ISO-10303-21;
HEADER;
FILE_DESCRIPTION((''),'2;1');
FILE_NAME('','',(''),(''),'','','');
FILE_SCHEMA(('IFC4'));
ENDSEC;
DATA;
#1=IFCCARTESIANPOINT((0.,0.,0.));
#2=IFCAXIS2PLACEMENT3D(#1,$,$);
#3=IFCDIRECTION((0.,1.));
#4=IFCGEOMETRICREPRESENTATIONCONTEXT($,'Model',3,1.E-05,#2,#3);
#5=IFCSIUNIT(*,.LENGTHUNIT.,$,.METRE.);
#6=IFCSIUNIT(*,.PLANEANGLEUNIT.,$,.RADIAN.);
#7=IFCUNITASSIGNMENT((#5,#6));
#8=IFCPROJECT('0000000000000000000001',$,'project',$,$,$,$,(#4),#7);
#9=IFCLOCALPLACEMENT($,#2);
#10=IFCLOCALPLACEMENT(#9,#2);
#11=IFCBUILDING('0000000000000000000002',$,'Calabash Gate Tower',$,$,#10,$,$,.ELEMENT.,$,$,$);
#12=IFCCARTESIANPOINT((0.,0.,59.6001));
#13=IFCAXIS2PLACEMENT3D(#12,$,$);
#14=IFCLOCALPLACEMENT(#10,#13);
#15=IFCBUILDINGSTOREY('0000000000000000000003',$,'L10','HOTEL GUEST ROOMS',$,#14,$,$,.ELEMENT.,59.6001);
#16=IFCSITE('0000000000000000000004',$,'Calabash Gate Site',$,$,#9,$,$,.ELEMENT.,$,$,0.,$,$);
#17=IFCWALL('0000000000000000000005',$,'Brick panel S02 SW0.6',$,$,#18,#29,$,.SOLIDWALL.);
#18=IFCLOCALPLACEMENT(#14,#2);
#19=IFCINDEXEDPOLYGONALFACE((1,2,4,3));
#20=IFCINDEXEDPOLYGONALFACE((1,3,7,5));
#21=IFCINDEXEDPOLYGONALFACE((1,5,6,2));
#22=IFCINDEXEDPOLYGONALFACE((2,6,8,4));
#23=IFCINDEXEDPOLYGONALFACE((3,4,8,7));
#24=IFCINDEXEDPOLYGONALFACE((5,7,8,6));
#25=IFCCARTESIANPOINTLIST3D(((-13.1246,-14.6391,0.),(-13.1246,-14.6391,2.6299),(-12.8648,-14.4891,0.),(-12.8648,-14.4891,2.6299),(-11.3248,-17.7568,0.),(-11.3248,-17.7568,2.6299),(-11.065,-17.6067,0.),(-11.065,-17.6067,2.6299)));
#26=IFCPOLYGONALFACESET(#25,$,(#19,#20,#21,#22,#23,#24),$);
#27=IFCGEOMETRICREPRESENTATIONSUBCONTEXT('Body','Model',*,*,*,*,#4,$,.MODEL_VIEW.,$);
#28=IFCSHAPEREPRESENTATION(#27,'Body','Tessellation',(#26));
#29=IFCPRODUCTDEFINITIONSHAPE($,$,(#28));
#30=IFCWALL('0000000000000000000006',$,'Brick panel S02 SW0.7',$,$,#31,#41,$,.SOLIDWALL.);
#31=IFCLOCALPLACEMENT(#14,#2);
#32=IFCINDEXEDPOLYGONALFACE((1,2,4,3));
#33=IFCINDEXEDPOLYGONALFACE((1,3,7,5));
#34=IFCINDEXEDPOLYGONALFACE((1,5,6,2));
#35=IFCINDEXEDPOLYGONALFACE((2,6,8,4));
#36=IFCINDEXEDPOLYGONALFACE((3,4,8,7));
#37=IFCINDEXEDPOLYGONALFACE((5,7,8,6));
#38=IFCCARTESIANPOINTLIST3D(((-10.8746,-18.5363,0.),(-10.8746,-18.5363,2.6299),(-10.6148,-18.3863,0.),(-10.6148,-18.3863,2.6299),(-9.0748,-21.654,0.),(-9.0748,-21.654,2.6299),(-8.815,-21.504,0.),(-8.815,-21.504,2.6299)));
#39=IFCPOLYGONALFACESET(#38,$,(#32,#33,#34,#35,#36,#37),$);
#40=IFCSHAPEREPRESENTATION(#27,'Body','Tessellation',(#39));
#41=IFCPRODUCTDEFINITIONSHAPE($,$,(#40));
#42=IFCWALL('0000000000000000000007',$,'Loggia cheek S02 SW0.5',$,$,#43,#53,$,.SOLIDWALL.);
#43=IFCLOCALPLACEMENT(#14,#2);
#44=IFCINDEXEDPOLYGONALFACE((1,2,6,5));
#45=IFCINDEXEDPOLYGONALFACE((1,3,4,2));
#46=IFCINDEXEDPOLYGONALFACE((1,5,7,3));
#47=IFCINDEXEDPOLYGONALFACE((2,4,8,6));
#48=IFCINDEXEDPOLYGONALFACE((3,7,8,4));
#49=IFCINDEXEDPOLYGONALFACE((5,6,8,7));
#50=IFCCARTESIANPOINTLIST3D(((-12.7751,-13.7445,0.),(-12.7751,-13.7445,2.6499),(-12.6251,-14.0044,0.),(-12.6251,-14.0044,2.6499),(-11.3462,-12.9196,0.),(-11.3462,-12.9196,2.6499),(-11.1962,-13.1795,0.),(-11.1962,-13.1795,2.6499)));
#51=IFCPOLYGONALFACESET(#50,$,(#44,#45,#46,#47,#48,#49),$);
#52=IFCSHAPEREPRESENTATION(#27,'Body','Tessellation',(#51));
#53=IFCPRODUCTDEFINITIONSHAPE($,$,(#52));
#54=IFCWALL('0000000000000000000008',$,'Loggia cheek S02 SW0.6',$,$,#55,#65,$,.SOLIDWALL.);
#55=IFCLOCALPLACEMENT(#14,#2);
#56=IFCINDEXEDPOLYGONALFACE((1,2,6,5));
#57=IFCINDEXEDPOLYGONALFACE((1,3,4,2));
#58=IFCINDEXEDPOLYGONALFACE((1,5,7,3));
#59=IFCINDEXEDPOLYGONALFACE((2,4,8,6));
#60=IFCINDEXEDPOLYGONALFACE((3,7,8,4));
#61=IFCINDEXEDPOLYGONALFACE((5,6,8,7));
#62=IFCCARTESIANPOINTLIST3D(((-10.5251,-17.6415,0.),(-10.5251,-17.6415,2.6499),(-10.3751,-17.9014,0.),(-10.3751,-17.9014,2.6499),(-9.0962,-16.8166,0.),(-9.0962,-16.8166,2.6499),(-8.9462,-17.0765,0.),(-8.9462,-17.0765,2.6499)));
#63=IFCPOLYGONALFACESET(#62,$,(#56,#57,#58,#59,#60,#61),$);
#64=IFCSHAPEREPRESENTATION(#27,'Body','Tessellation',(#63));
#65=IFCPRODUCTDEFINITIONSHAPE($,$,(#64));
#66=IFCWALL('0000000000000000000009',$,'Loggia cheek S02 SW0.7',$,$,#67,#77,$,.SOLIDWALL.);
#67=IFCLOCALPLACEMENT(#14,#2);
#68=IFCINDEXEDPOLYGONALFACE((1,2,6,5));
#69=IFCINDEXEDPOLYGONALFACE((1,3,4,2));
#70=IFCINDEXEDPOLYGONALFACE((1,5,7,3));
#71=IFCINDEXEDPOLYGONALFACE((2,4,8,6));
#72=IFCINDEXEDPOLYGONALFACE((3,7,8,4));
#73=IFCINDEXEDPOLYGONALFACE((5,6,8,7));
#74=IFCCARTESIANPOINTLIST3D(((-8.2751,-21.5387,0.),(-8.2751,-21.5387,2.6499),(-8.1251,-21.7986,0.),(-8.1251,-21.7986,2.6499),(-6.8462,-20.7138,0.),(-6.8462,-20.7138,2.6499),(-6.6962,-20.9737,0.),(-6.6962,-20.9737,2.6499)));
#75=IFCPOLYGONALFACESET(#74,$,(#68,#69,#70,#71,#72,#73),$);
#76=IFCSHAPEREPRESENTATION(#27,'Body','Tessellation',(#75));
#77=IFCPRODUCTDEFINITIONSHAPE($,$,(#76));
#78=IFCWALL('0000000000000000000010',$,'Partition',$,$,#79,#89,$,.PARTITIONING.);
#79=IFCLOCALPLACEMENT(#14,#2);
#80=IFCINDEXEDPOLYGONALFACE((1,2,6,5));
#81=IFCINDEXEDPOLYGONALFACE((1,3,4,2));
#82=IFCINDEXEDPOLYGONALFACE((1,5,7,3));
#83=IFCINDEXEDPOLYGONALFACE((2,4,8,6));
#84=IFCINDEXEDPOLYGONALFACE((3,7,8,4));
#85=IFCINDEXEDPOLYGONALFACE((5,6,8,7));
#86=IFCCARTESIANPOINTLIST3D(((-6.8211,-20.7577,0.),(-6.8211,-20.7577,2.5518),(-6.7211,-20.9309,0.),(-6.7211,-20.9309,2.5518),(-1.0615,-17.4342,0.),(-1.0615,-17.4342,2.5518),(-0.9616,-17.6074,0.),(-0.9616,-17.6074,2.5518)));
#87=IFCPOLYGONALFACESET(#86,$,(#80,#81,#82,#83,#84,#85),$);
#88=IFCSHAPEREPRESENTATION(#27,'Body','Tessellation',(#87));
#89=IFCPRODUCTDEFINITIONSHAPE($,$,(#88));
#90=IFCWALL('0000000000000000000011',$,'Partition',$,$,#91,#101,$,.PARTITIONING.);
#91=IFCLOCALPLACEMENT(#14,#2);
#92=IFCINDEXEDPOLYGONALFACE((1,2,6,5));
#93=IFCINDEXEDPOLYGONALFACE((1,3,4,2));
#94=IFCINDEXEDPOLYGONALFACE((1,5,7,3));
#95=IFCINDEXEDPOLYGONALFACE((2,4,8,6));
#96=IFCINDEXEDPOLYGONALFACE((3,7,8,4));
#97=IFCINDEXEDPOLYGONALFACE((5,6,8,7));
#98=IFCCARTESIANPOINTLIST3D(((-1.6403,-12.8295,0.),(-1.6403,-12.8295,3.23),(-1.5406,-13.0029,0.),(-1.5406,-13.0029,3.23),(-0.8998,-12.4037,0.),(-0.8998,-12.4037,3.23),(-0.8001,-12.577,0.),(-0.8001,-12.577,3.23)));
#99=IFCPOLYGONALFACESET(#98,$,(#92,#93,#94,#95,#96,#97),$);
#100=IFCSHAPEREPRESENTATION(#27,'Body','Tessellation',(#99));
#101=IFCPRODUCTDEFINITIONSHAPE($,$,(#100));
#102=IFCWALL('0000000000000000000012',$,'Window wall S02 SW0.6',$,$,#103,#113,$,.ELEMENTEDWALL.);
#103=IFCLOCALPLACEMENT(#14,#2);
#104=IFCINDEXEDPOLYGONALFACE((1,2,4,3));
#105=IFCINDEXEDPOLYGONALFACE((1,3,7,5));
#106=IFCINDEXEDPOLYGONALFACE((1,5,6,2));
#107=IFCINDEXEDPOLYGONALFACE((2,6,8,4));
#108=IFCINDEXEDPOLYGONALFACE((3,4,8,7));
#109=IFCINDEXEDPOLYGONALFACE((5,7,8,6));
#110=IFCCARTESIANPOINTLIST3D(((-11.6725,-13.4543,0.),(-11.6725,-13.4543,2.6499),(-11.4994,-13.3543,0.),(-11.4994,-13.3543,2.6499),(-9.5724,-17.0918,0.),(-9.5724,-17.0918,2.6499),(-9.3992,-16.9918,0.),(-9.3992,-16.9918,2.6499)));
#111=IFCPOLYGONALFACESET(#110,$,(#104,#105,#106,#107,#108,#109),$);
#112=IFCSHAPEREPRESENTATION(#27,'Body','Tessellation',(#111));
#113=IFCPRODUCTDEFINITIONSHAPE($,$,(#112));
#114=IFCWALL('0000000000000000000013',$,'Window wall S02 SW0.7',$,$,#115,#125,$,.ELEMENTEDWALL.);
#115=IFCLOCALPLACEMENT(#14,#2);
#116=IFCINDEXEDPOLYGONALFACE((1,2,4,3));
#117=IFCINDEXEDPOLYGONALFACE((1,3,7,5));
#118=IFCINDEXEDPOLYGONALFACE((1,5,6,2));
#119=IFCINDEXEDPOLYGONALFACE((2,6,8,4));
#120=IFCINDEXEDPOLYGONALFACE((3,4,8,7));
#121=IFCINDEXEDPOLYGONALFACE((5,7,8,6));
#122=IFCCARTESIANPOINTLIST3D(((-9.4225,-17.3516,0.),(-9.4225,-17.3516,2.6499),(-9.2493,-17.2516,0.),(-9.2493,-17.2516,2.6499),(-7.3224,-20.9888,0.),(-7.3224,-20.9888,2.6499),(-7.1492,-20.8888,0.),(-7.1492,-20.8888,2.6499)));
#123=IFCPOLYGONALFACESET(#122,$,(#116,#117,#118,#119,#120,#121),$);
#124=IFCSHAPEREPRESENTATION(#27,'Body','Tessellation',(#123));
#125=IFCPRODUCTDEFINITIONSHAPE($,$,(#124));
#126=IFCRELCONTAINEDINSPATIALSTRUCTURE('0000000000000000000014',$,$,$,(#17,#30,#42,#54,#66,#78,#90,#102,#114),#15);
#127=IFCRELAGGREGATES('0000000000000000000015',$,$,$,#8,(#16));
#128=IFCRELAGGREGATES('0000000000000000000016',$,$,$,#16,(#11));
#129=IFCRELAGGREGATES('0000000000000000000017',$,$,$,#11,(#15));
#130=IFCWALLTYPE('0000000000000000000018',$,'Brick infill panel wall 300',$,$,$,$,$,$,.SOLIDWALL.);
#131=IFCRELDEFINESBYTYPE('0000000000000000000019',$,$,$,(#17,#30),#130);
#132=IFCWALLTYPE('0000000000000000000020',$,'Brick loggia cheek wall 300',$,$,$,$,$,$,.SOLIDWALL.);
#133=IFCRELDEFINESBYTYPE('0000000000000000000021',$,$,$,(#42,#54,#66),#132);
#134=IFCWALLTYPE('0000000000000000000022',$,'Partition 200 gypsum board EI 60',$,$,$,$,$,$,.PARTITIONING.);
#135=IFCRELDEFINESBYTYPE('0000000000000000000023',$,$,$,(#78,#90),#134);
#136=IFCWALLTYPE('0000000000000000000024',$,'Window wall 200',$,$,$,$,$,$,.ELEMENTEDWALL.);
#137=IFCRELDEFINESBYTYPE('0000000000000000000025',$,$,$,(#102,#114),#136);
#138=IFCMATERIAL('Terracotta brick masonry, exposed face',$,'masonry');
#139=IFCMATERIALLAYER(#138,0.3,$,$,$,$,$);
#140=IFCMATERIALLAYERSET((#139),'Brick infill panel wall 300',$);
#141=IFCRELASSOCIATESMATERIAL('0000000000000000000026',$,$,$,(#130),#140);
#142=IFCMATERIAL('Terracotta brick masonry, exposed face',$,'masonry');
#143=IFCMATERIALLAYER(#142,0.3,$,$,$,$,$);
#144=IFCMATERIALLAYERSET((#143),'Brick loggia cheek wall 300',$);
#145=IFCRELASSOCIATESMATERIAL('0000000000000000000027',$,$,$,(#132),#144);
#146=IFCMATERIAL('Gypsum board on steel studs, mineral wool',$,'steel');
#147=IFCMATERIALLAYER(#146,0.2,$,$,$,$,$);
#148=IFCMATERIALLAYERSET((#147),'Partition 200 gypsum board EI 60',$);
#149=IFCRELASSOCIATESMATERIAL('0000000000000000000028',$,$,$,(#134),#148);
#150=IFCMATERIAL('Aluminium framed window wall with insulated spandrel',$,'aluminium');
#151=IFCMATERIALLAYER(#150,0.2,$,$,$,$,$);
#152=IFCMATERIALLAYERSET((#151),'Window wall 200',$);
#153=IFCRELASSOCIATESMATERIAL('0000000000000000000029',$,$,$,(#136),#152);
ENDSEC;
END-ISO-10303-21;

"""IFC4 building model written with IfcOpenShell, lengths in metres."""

from ifc_helpers import new_model, si_unit, direction, frame, frame_2d, origin, place, context, subcontext, project, spatial, rectangle, extrude, material, layer, layer_set, type_object, element, save


model = new_model("IFC4")

# Units and contexts
model_context = context("Model", 3, precision=1e-05, world=origin(), true_north=direction((0.0, 1.0)))
body_context = subcontext(model_context, "Body", "Model", "MODEL_VIEW")
ifc_project = project(units=[si_unit("LENGTHUNIT", "METRE"), si_unit("PLANEANGLEUNIT", "RADIAN")], contexts=[model_context])

# Site, building, storey
site_placement = place(None, origin())
site = spatial("IfcSite", under=ifc_project, at=site_placement, Name="Calabash Gate Site", CompositionType="ELEMENT", RefElevation=0.0)
building_placement = place(site_placement, origin())
building = spatial("IfcBuilding", under=site, at=building_placement, Name="Calabash Gate Tower", CompositionType="ELEMENT")
storey_placement = place(building_placement, frame((0.0, 0.0, 59.6001)))
storey = spatial("IfcBuildingStorey", under=building, at=storey_placement, Name="L10", Description="HOTEL GUEST ROOMS", CompositionType="ELEMENT", Elevation=59.6001)

# Walls
ifc_material_1 = material(Name="Terracotta brick masonry, exposed face", Category="masonry")
ifc_layer_1 = layer(ifc_material_1, 0.3)
ifc_layer_set_1 = layer_set([ifc_layer_1], Name="Brick infill panel wall 300")
wall_type_1 = type_object("IfcWallType", Name="Brick infill panel wall 300", PredefinedType="SOLIDWALL", material=ifc_layer_set_1)
for number, where, z_axis, x_axis, name in (
    (1, (-12.9946, -14.5642, 0.0), (0.0, 0.0, 1.0), (0.499961, -0.866048, 0.0), "Brick panel S02 SW0.6"),
    (2, (-10.7446, -18.4614, 0.0), (0.0, 0.0, 1.0), (0.499961, -0.866048, 0.0), "Brick panel S02 SW0.7"),
):
    element("IfcWall", number, at=place(storey_placement, frame(where, z_axis=z_axis, x_axis=x_axis)), inside=storey, type_object=wall_type_1, Name=name, PredefinedType="SOLIDWALL", context=body_context, shape_type="SweptSolid", body=[
        extrude(rectangle(XDim=3.5999, YDim=0.3, at=frame_2d((1.7998, 0.0))), origin(), (0.0, 0.0, 1.0), 2.6299),
    ])
ifc_material_2 = material(Name="Terracotta brick masonry, exposed face", Category="masonry")
ifc_layer_2 = layer(ifc_material_2, 0.3)
ifc_layer_set_2 = layer_set([ifc_layer_2], Name="Brick loggia cheek wall 300")
wall_type_2 = type_object("IfcWallType", Name="Brick loggia cheek wall 300", PredefinedType="SOLIDWALL", material=ifc_layer_set_2)
for number, where, z_axis, x_axis, name in (
    (3, (-11.2712, -13.0496, 0.0), (0.0, 0.0, 1.0), (-0.86604, -0.499974, 0.0), "Loggia cheek S02 SW0.5"),
    (4, (-9.0212, -16.9465, 0.0), (0.0, 0.0, 1.0), (-0.86604, -0.499974, 0.0), "Loggia cheek S02 SW0.6"),
    (5, (-6.7712, -20.8438, 0.0), (0.0, 0.0, 1.0), (-0.86604, -0.499974, 0.0), "Loggia cheek S02 SW0.7"),
):
    element("IfcWall", number, at=place(storey_placement, frame(where, z_axis=z_axis, x_axis=x_axis)), inside=storey, type_object=wall_type_2, Name=name, PredefinedType="SOLIDWALL", context=body_context, shape_type="SweptSolid", body=[
        extrude(rectangle(XDim=1.6499, YDim=0.3, at=frame_2d((0.825, 0.0))), origin(), (0.0, 0.0, 1.0), 2.6499),
    ])
ifc_material_3 = material(Name="Gypsum board on steel studs, mineral wool", Category="steel")
ifc_layer_3 = layer(ifc_material_3, 0.2)
ifc_layer_set_3 = layer_set([ifc_layer_3], Name="Partition 200 gypsum board EI 60")
wall_type_3 = type_object("IfcWallType", Name="Partition 200 gypsum board EI 60", PredefinedType="PARTITIONING", material=ifc_layer_set_3)
wall_1_placement = place(storey_placement, frame((-6.771, -20.8442, 0.0), z_axis=(0.0, 0.0, 1.0), x_axis=(0.866141, 0.4998, 0.0)))
element("IfcWall", 6, at=wall_1_placement, inside=storey, type_object=wall_type_3, Name="Partition", PredefinedType="PARTITIONING", context=body_context, shape_type="SweptSolid", body=[
    extrude(rectangle(XDim=6.6497, YDim=0.2, at=frame_2d((3.3247, 0.0))), origin(), (0.0, 0.0, 1.0), 2.5518),
])
wall_2_placement = place(storey_placement, frame((-1.5906, -12.9163, 0.0), z_axis=(0.0, 0.0, 1.0), x_axis=(0.866903, 0.498476, 0.0)))
element("IfcWall", 7, at=wall_2_placement, inside=storey, type_object=wall_type_3, Name="Partition", PredefinedType="PARTITIONING", context=body_context, shape_type="SweptSolid", body=[
    extrude(rectangle(XDim=0.8542, YDim=0.2, at=frame_2d((0.4272, 0.0))), origin(), (0.0, 0.0, 1.0), 3.23),
])
ifc_material_4 = material(Name="Aluminium framed window wall with insulated spandrel", Category="aluminium")
ifc_layer_4 = layer(ifc_material_4, 0.2)
ifc_layer_set_4 = layer_set([ifc_layer_4], Name="Window wall 200")
wall_type_4 = type_object("IfcWallType", Name="Window wall 200", PredefinedType="ELEMENTEDWALL", material=ifc_layer_set_4)
wall_3_placement = place(storey_placement, frame((-11.5859, -13.4043, 0.0), z_axis=(0.0, 0.0, 1.0), x_axis=(0.500003, -0.866024, 0.0)))
element("IfcWall", 8, at=wall_3_placement, inside=storey, type_object=wall_type_4, Name="Window wall S02 SW0.6", PredefinedType="ELEMENTEDWALL", context=body_context, shape_type="SweptSolid", body=[
    extrude(rectangle(XDim=4.2002, YDim=0.2, at=frame_2d((2.1001, 0.0))), origin(), (0.0, 0.0, 1.0), 2.6499),
])
wall_4_placement = place(storey_placement, frame((-9.3359, -17.3015, 0.0), z_axis=(0.0, 0.0, 1.0), x_axis=(0.500028, -0.866009, 0.0)))
element("IfcWall", 9, at=wall_4_placement, inside=storey, type_object=wall_type_4, Name="Window wall S02 SW0.7", PredefinedType="ELEMENTEDWALL", context=body_context, shape_type="SweptSolid", body=[
    extrude(rectangle(XDim=4.2, YDim=0.2, at=frame_2d((2.1001, 0.0))), origin(), (0.0, 0.0, 1.0), 2.6499),
])

save(model, "model.ifc")
